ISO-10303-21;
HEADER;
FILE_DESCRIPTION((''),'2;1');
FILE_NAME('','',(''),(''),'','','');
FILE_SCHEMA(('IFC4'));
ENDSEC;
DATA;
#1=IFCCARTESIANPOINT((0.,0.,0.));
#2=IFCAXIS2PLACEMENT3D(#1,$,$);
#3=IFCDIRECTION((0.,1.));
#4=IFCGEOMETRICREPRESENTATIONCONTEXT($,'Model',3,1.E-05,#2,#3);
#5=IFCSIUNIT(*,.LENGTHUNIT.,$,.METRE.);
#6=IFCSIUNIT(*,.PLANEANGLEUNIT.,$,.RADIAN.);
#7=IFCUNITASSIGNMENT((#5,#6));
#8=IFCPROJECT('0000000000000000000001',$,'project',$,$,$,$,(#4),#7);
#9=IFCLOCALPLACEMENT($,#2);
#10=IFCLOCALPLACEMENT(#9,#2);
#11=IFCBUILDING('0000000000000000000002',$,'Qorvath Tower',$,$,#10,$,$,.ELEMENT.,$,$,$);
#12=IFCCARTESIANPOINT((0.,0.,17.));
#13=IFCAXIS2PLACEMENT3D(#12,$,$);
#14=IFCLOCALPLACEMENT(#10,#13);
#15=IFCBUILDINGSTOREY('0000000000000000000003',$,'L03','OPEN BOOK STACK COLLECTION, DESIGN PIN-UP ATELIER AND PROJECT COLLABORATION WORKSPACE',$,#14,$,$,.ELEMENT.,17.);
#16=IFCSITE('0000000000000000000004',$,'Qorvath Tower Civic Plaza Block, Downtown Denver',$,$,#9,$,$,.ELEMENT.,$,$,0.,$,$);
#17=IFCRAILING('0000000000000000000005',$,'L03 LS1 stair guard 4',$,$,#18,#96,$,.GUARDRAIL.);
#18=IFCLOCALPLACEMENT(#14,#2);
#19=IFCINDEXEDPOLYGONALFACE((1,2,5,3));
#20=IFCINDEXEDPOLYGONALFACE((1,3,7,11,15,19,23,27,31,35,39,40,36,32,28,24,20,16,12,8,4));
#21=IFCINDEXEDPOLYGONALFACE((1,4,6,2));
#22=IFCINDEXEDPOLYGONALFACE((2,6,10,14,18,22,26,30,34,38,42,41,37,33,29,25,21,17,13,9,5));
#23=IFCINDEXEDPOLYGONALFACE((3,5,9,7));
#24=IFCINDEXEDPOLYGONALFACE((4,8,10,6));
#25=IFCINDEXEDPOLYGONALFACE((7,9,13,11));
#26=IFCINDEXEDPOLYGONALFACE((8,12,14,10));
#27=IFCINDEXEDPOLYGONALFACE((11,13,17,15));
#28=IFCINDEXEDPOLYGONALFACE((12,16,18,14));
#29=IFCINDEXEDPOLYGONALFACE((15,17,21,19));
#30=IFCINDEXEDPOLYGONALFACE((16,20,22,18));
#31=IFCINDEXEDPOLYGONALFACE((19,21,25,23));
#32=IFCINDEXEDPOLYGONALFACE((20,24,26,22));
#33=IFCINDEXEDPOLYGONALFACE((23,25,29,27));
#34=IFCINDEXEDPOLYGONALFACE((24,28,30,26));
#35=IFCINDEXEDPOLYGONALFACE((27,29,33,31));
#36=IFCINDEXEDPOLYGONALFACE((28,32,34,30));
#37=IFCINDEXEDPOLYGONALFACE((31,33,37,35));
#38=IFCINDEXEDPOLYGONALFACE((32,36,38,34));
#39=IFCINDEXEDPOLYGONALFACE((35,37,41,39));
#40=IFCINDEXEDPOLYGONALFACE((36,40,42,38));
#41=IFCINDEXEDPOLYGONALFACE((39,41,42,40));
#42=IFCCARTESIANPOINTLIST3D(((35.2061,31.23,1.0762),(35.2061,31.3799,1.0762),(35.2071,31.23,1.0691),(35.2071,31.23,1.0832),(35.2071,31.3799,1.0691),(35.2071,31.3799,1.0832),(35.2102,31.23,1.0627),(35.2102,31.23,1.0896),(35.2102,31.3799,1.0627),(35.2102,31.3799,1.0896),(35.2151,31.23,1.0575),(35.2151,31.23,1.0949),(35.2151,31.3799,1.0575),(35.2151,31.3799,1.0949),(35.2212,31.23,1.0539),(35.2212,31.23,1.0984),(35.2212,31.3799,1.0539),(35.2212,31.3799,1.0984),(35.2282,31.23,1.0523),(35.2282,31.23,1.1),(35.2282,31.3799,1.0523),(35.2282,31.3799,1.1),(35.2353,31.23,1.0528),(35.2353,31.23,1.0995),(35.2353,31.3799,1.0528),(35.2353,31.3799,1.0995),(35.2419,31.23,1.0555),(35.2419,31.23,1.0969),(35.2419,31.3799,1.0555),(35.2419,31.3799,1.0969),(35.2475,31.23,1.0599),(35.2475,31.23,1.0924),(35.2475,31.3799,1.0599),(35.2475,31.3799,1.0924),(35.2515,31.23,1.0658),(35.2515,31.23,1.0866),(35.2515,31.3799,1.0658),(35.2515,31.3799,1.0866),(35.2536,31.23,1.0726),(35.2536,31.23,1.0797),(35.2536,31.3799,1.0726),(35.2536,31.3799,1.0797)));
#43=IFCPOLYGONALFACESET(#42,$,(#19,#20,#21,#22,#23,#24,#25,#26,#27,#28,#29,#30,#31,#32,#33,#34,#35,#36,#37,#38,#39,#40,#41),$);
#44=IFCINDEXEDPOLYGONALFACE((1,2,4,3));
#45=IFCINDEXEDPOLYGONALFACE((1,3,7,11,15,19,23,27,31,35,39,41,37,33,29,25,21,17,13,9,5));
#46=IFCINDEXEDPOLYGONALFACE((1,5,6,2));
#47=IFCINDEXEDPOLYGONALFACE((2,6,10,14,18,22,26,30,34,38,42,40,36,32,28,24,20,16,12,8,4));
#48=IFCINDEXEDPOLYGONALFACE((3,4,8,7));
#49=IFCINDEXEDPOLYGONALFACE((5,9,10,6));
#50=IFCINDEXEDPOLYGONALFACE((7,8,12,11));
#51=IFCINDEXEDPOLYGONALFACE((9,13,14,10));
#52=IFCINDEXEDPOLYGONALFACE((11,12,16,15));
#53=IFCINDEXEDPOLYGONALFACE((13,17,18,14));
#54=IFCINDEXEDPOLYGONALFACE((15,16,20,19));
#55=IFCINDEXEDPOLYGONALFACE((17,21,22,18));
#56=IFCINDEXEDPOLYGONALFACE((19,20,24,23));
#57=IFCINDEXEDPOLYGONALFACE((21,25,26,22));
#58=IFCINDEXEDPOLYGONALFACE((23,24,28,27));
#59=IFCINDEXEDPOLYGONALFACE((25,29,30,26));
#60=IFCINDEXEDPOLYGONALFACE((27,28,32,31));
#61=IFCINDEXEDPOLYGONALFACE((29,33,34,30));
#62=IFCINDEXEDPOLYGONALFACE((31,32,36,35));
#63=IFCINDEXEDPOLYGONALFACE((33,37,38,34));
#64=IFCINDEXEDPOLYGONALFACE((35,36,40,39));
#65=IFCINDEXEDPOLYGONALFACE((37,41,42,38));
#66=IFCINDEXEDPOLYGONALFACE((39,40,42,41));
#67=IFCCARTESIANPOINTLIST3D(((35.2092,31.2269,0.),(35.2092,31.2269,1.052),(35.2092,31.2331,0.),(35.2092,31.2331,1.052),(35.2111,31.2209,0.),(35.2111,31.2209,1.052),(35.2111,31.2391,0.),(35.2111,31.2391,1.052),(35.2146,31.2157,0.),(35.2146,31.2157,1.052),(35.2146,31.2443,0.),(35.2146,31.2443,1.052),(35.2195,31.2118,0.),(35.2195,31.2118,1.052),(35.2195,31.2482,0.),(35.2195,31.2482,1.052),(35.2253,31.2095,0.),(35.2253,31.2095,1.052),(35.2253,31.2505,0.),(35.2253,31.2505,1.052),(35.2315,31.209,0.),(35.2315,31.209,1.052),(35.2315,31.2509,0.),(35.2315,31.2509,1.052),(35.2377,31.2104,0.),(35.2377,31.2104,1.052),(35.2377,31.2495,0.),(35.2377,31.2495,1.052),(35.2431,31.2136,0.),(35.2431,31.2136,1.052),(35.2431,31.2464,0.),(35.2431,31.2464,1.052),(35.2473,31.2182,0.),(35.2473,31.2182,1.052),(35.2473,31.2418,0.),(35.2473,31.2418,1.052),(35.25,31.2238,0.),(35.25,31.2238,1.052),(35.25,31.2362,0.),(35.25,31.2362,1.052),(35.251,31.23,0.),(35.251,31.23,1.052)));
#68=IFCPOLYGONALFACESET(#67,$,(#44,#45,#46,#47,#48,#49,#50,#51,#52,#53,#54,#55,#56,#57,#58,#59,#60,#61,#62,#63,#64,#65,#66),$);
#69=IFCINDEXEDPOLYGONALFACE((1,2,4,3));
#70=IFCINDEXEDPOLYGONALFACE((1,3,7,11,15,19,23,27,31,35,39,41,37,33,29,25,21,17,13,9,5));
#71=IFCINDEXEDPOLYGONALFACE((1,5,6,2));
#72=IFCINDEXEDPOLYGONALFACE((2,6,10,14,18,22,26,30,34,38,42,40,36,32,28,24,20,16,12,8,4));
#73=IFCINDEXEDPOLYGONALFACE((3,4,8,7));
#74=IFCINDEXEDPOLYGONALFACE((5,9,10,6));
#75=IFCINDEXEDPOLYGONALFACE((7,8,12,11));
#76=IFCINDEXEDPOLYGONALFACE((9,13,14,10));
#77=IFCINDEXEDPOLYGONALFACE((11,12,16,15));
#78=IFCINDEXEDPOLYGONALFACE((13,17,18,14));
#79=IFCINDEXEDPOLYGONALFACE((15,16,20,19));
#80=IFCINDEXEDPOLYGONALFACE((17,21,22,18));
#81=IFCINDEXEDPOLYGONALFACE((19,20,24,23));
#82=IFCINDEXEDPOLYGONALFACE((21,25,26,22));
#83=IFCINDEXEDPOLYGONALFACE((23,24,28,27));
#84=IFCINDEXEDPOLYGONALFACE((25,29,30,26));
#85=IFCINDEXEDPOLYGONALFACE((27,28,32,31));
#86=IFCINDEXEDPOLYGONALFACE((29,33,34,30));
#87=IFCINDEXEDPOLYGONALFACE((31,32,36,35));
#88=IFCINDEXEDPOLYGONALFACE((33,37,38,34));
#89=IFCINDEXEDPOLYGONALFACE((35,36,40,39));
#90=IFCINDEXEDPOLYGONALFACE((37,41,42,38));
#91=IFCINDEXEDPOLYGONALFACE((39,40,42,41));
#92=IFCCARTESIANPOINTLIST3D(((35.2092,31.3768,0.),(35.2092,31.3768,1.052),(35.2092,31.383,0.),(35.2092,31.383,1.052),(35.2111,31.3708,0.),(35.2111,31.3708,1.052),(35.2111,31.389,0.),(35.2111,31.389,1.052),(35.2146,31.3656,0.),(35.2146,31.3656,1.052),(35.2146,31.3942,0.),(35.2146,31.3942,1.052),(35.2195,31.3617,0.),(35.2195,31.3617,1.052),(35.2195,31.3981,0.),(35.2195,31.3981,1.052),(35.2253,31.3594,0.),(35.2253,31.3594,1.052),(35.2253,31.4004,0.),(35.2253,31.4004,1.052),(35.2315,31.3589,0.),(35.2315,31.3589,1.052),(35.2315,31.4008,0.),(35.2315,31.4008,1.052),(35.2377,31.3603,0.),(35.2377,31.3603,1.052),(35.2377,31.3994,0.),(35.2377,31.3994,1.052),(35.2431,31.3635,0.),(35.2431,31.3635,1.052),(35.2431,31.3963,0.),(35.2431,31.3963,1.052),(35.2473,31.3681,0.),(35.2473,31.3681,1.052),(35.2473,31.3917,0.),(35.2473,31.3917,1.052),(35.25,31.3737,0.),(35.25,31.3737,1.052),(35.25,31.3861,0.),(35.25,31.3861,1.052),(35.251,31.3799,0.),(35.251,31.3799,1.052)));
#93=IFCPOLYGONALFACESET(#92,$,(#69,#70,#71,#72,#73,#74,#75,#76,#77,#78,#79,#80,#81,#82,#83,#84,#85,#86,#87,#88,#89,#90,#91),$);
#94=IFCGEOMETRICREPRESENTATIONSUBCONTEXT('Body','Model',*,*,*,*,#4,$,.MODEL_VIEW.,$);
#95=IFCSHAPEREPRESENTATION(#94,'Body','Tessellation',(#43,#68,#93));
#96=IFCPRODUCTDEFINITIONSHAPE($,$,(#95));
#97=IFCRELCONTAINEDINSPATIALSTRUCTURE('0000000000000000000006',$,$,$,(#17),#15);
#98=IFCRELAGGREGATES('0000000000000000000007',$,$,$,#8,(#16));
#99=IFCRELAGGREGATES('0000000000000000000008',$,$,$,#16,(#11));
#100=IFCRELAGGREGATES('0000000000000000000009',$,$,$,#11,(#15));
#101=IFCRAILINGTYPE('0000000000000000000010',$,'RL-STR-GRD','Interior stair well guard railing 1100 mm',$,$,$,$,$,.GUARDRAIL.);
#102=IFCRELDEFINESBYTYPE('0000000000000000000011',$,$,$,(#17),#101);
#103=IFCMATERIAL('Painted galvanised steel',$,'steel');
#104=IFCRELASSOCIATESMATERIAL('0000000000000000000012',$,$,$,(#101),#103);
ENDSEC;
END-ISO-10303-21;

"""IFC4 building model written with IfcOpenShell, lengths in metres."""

from ifc_helpers import new_model, si_unit, direction, frame, origin, origin_2d, place, context, subcontext, project, spatial, circle, extrude, material, type_object, element, save


model = new_model("IFC4")

# Units and contexts
model_context = context("Model", 3, precision=1e-05, world=origin(), true_north=direction((0.0, 1.0)))
body_context = subcontext(model_context, "Body", "Model", "MODEL_VIEW")
ifc_project = project(units=[si_unit("LENGTHUNIT", "METRE"), si_unit("PLANEANGLEUNIT", "RADIAN")], contexts=[model_context])

# Site, building, storey
site_placement = place(None, origin())
site = spatial("IfcSite", under=ifc_project, at=site_placement, Name="Qorvath Tower Civic Plaza Block, Downtown Denver", CompositionType="ELEMENT", RefElevation=0.0)
building_placement = place(site_placement, origin())
building = spatial("IfcBuilding", under=site, at=building_placement, Name="Qorvath Tower", CompositionType="ELEMENT")
storey_placement = place(building_placement, frame((0.0, 0.0, 17.0)))
storey = spatial("IfcBuildingStorey", under=building, at=storey_placement, Name="L03", Description="OPEN BOOK STACK COLLECTION, DESIGN PIN-UP ATELIER AND PROJECT COLLABORATION WORKSPACE", CompositionType="ELEMENT", Elevation=17.0)

# Railing
ifc_material_1 = material(Name="Painted galvanised steel", Category="steel")
railing_type_1 = type_object("IfcRailingType", Name="RL-STR-GRD", Description="Interior stair well guard railing 1100 mm", PredefinedType="GUARDRAIL", material=ifc_material_1)
railing_1_placement = place(storey_placement, frame((35.23, 31.23, 0.0)))
element("IfcRailing", 1, at=railing_1_placement, inside=storey, type_object=railing_type_1, Name="L03 LS1 stair guard 4", PredefinedType="GUARDRAIL", context=body_context, shape_type="SweptSolid", body=[
    extrude(circle(Radius=0.0239, at=origin_2d()), frame((0.0, 0.0, 1.0762), z_axis=(0.0, 1.0, 0.0), x_axis=(-1.0, 0.0, 0.0)), (0.0, 0.0, 1.0), 0.1499),
    extrude(circle(Radius=0.021, at=origin_2d()), origin(), (0.0, 0.0, 1.0), 1.052),
    extrude(circle(Radius=0.021, at=origin_2d()), frame((0.0, 0.1499, 0.0)), (0.0, 0.0, 1.0), 1.052),
])

save(model, "model.ifc")
